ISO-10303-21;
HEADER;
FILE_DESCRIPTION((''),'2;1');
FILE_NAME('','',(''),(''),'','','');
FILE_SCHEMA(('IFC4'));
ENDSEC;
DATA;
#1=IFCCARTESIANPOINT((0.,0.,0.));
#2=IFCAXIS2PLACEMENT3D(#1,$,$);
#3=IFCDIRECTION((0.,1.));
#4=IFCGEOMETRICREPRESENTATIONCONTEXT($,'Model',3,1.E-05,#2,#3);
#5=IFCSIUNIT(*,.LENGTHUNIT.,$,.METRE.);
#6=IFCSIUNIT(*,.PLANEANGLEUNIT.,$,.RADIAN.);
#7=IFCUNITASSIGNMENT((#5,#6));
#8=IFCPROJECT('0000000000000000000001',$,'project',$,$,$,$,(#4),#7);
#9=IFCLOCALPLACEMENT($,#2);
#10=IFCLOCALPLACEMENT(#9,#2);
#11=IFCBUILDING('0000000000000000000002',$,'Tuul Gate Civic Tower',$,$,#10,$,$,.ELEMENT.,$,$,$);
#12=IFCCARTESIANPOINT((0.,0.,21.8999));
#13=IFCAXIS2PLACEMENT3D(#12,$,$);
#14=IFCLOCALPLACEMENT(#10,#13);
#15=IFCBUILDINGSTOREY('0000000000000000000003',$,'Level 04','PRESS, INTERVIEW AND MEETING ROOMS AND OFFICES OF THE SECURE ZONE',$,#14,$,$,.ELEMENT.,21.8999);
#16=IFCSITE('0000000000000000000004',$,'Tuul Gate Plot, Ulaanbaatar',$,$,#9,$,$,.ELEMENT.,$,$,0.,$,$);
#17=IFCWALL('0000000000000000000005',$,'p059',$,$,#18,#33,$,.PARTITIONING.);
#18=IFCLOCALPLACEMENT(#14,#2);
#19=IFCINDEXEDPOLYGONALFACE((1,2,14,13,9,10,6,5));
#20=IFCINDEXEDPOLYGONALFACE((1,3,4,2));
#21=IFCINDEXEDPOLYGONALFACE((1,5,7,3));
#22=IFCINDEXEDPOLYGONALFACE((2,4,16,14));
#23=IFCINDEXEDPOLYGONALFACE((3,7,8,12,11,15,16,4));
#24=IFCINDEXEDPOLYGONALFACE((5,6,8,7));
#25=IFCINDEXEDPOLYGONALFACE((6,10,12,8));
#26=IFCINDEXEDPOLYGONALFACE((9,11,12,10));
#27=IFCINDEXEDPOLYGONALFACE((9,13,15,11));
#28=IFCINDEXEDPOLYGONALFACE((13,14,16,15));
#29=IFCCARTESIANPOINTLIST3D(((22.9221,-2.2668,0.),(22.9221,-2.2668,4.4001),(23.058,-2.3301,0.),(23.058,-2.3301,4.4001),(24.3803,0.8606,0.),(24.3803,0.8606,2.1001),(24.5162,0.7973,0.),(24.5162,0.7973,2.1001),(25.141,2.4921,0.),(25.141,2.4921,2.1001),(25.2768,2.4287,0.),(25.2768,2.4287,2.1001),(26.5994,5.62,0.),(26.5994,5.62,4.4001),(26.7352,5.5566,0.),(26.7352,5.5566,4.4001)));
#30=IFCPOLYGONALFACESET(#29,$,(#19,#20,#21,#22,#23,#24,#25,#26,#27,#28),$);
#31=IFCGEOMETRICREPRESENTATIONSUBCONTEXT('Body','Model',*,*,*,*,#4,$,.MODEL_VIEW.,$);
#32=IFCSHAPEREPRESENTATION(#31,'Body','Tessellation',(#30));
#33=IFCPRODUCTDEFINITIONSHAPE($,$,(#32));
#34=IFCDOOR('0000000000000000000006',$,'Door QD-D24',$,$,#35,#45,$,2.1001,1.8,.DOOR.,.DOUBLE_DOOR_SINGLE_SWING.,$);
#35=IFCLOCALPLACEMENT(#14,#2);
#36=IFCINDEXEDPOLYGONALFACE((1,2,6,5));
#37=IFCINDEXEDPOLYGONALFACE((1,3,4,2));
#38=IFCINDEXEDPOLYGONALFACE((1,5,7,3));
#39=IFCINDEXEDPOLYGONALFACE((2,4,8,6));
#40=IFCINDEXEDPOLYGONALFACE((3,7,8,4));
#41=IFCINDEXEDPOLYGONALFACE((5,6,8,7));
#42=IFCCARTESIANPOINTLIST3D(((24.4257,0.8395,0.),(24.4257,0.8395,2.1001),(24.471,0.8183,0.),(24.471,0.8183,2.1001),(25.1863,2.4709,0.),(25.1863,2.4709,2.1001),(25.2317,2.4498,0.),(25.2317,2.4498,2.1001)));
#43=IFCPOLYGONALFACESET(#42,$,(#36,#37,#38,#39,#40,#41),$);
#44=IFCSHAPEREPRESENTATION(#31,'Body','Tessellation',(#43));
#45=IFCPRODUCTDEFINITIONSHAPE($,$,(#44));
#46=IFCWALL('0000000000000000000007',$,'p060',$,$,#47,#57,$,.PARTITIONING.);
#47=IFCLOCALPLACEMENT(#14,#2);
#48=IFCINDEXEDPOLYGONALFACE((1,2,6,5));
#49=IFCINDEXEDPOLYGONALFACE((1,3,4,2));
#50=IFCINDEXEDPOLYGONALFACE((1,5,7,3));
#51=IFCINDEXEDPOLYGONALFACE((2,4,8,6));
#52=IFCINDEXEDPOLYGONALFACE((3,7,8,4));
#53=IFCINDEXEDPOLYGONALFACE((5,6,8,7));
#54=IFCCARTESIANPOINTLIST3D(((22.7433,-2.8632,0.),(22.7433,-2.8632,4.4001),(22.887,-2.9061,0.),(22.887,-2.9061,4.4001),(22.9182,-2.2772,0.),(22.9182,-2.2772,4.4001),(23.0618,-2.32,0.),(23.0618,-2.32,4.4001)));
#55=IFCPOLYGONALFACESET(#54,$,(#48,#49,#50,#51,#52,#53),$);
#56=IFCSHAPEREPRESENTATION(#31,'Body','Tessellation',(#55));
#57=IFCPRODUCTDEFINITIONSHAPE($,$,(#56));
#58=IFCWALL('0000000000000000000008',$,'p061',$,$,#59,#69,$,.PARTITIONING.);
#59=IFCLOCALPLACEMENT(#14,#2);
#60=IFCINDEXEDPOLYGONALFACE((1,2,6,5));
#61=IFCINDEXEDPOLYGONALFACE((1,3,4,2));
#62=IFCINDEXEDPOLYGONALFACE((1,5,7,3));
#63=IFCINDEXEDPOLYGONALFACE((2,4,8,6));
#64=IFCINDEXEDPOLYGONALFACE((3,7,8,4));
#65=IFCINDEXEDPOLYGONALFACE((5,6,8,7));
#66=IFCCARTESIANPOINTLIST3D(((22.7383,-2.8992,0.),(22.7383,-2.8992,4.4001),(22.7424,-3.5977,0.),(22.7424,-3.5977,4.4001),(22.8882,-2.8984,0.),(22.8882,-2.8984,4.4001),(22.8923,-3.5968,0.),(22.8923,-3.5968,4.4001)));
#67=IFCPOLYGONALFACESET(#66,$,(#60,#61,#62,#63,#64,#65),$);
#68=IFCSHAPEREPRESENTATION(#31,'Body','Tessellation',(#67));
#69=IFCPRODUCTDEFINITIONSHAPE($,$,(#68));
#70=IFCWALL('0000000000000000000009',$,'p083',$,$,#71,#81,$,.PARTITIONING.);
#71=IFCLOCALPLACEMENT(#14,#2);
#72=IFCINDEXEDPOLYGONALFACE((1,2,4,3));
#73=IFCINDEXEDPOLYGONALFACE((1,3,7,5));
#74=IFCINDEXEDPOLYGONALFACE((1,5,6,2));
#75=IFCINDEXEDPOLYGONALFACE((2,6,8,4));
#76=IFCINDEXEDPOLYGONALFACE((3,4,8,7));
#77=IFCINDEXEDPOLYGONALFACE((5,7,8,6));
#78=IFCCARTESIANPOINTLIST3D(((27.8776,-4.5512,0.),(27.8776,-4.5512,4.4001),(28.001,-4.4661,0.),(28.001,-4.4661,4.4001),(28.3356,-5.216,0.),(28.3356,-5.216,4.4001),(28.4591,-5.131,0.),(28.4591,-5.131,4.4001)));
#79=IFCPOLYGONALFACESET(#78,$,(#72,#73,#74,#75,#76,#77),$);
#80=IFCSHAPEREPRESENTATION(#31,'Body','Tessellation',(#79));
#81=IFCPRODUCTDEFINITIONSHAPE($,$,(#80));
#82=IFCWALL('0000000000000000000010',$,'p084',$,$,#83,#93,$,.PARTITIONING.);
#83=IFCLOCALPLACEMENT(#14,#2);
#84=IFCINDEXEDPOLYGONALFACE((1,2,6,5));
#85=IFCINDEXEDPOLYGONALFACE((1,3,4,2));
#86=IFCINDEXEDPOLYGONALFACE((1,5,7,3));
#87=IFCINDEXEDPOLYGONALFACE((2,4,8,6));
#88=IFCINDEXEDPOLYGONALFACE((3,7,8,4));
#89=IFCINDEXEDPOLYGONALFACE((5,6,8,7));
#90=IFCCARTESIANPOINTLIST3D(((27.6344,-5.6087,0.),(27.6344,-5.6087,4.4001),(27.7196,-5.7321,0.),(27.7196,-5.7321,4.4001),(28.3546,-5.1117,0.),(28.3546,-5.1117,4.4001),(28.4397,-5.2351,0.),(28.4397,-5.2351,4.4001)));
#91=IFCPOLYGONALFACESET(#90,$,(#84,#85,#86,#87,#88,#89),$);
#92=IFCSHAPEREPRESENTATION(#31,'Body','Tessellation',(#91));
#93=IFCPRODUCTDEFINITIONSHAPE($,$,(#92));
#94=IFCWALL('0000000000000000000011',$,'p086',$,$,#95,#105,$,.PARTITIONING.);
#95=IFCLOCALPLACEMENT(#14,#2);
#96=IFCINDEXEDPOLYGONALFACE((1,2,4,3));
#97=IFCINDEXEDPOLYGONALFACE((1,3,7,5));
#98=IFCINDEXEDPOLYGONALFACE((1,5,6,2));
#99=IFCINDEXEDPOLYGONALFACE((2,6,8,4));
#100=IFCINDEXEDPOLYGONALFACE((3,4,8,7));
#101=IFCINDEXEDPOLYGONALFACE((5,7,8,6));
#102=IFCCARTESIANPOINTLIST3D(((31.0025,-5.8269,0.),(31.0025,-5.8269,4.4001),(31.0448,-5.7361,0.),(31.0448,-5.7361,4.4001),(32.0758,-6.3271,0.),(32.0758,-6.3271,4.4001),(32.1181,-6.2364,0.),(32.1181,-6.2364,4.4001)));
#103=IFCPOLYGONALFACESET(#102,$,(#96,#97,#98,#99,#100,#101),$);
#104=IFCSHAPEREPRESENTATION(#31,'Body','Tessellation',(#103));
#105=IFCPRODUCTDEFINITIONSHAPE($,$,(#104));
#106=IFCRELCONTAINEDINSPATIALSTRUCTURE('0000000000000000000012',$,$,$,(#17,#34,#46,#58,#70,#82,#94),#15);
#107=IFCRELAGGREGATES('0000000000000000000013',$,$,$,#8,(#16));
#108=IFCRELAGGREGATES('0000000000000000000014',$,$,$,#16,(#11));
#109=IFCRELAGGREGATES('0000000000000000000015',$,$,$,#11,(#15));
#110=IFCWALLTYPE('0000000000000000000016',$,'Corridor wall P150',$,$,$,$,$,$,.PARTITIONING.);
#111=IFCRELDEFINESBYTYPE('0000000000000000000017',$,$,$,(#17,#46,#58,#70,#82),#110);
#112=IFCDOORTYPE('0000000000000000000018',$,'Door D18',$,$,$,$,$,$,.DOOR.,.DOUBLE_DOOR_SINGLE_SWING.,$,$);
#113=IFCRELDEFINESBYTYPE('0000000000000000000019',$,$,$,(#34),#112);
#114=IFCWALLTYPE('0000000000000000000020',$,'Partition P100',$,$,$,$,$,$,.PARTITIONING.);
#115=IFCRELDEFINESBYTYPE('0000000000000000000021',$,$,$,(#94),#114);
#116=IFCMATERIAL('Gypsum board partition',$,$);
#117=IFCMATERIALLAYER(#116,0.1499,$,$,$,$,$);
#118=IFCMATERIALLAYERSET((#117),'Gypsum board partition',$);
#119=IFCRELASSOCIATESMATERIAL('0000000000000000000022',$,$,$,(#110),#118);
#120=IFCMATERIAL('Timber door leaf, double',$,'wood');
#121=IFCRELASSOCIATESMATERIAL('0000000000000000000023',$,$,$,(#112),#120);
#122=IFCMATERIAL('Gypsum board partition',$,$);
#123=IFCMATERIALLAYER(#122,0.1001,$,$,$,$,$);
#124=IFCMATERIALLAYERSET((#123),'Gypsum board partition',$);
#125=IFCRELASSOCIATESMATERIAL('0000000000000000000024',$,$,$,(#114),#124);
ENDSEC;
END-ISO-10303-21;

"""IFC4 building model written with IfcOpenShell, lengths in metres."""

from ifc_helpers import new_model, si_unit, direction, frame, frame_2d, origin, place, context, subcontext, project, spatial, rectangle, extrude, material, layer, layer_set, type_object, element, fill, save


model = new_model("IFC4")

# Units and contexts
model_context = context("Model", 3, precision=1e-05, world=origin(), true_north=direction((0.0, 1.0)))
body_context = subcontext(model_context, "Body", "Model", "MODEL_VIEW")
ifc_project = project(units=[si_unit("LENGTHUNIT", "METRE"), si_unit("PLANEANGLEUNIT", "RADIAN")], contexts=[model_context])

# Site, building, storey
site_placement = place(None, origin())
site = spatial("IfcSite", under=ifc_project, at=site_placement, Name="Tuul Gate Plot, Ulaanbaatar", CompositionType="ELEMENT", RefElevation=0.0)
building_placement = place(site_placement, origin())
building = spatial("IfcBuilding", under=site, at=building_placement, Name="Tuul Gate Civic Tower", CompositionType="ELEMENT")
storey_placement = place(building_placement, frame((0.0, 0.0, 21.8999)))
storey = spatial("IfcBuildingStorey", under=building, at=storey_placement, Name="Level 04", Description="PRESS, INTERVIEW AND MEETING ROOMS AND OFFICES OF THE SECURE ZONE", CompositionType="ELEMENT", Elevation=21.8999)

# Shared definitions
ifc_material_1 = material(Name="Gypsum board partition")
ifc_layer_1 = layer(ifc_material_1, 0.1499)
ifc_layer_set_1 = layer_set([ifc_layer_1], Name="Gypsum board partition")
wall_type_1 = type_object("IfcWallType", Name="Corridor wall P150", PredefinedType="PARTITIONING", material=ifc_layer_set_1)

# Wall, opening, door
wall_1_placement = place(storey_placement, frame((22.99, -2.2986, 0.0), z_axis=(0.0, 0.0, 1.0), x_axis=(0.422581, 0.906325, 0.0)))
wall_1 = element("IfcWall", 1, at=wall_1_placement, inside=storey, type_object=wall_type_1, Name="p059", PredefinedType="PARTITIONING", context=body_context, shape_type="SweptSolid", body=[
    extrude(rectangle(XDim=8.7019, YDim=0.1499, at=frame_2d((4.3511, 0.0))), origin(), (0.0, 0.0, 1.0), 4.4001),
])
opening_1_placement = place(wall_1_placement, frame((3.4509, 0.0, 0.0)))
opening_1 = element("IfcOpeningElement", 2, at=opening_1_placement, cuts=wall_1, PredefinedType="OPENING", context=body_context, shape_type="SweptSolid", body=[
    extrude(rectangle(XDim=1.8, YDim=2.1001, at=frame_2d((0.8999, 1.05))), frame((0.0, 0.085, 0.0), z_axis=(0.0, -1.0, 0.0), x_axis=(1.0, 0.0, 0.0)), (0.0, 0.0, 1.0), 0.1699),
])
ifc_material_2 = material(Name="Timber door leaf, double", Category="wood")
door_type_1 = type_object("IfcDoorType", Name="Door D18", OperationType="DOUBLE_DOOR_SINGLE_SWING", PredefinedType="DOOR", material=ifc_material_2)
door_1_placement = place(opening_1_placement, origin())
door_1 = element("IfcDoor", 3, at=door_1_placement, inside=storey, type_object=door_type_1, Name="Door QD-D24", OperationType="DOUBLE_DOOR_SINGLE_SWING", OverallHeight=2.1001, OverallWidth=1.8, PredefinedType="DOOR", context=body_context, shape_type="SweptSolid", body=[
    extrude(rectangle(XDim=1.8, YDim=2.1001, at=frame_2d((0.8999, 1.05))), frame((0.0, 0.0249, 0.0), z_axis=(0.0, -1.0, 0.0), x_axis=(1.0, 0.0, 0.0)), (0.0, 0.0, 1.0), 0.05),
])
fill(opening_1, door_1)

# Walls
wall_2_placement = place(storey_placement, frame((22.8152, -2.8845, 0.0), z_axis=(0.0, 0.0, 1.0), x_axis=(0.285882, 0.958265, 0.0)))
element("IfcWall", 4, at=wall_2_placement, inside=storey, type_object=wall_type_1, Name="p060", PredefinedType="PARTITIONING", context=body_context, shape_type="SweptSolid", body=[
    extrude(rectangle(XDim=0.6116, YDim=0.1499, at=frame_2d((0.3057, 0.0))), origin(), (0.0, 0.0, 1.0), 4.4001),
])
wall_3_placement = place(storey_placement, frame((22.8132, -2.8989, 0.0), z_axis=(0.0, 0.0, 1.0), x_axis=(0.005942, -0.999982, 0.0)))
element("IfcWall", 5, at=wall_3_placement, inside=storey, type_object=wall_type_1, Name="p061", PredefinedType="PARTITIONING", context=body_context, shape_type="SweptSolid", body=[
    extrude(rectangle(XDim=0.6985, YDim=0.1499, at=frame_2d((0.3491, 0.0))), origin(), (0.0, 0.0, 1.0), 4.4001),
])
wall_4_placement = place(storey_placement, frame((27.9392, -4.5085, 0.0), z_axis=(0.0, 0.0, 1.0), x_axis=(0.567337, -0.823486, 0.0)))
element("IfcWall", 6, at=wall_4_placement, inside=storey, type_object=wall_type_1, Name="p083", PredefinedType="PARTITIONING", context=body_context, shape_type="SweptSolid", body=[
    extrude(rectangle(XDim=0.8074, YDim=0.1499, at=frame_2d((0.4038, 0.0))), origin(), (0.0, 0.0, 1.0), 4.4001),
])
wall_5_placement = place(storey_placement, frame((27.677, -5.6704, 0.0), z_axis=(0.0, 0.0, 1.0), x_axis=(0.823015, 0.56802, 0.0)))
element("IfcWall", 7, at=wall_5_placement, inside=storey, type_object=wall_type_1, Name="p084", PredefinedType="PARTITIONING", context=body_context, shape_type="SweptSolid", body=[
    extrude(rectangle(XDim=0.875, YDim=0.1499, at=frame_2d((0.4375, 0.0))), origin(), (0.0, 0.0, 1.0), 4.4001),
])
ifc_material_3 = material(Name="Gypsum board partition")
ifc_layer_2 = layer(ifc_material_3, 0.1001)
ifc_layer_set_2 = layer_set([ifc_layer_2], Name="Gypsum board partition")
wall_type_2 = type_object("IfcWallType", Name="Partition P100", PredefinedType="PARTITIONING", material=ifc_layer_set_2)
wall_6_placement = place(storey_placement, frame((31.0237, -5.7815, 0.0), z_axis=(0.0, 0.0, 1.0), x_axis=(0.906378, -0.422468, 0.0)))
element("IfcWall", 8, at=wall_6_placement, inside=storey, type_object=wall_type_2, Name="p086", PredefinedType="PARTITIONING", context=body_context, shape_type="SweptSolid", body=[
    extrude(rectangle(XDim=1.1841, YDim=0.1001, at=frame_2d((0.592, 0.0))), origin(), (0.0, 0.0, 1.0), 4.4001),
])

save(model, "model.ifc")
